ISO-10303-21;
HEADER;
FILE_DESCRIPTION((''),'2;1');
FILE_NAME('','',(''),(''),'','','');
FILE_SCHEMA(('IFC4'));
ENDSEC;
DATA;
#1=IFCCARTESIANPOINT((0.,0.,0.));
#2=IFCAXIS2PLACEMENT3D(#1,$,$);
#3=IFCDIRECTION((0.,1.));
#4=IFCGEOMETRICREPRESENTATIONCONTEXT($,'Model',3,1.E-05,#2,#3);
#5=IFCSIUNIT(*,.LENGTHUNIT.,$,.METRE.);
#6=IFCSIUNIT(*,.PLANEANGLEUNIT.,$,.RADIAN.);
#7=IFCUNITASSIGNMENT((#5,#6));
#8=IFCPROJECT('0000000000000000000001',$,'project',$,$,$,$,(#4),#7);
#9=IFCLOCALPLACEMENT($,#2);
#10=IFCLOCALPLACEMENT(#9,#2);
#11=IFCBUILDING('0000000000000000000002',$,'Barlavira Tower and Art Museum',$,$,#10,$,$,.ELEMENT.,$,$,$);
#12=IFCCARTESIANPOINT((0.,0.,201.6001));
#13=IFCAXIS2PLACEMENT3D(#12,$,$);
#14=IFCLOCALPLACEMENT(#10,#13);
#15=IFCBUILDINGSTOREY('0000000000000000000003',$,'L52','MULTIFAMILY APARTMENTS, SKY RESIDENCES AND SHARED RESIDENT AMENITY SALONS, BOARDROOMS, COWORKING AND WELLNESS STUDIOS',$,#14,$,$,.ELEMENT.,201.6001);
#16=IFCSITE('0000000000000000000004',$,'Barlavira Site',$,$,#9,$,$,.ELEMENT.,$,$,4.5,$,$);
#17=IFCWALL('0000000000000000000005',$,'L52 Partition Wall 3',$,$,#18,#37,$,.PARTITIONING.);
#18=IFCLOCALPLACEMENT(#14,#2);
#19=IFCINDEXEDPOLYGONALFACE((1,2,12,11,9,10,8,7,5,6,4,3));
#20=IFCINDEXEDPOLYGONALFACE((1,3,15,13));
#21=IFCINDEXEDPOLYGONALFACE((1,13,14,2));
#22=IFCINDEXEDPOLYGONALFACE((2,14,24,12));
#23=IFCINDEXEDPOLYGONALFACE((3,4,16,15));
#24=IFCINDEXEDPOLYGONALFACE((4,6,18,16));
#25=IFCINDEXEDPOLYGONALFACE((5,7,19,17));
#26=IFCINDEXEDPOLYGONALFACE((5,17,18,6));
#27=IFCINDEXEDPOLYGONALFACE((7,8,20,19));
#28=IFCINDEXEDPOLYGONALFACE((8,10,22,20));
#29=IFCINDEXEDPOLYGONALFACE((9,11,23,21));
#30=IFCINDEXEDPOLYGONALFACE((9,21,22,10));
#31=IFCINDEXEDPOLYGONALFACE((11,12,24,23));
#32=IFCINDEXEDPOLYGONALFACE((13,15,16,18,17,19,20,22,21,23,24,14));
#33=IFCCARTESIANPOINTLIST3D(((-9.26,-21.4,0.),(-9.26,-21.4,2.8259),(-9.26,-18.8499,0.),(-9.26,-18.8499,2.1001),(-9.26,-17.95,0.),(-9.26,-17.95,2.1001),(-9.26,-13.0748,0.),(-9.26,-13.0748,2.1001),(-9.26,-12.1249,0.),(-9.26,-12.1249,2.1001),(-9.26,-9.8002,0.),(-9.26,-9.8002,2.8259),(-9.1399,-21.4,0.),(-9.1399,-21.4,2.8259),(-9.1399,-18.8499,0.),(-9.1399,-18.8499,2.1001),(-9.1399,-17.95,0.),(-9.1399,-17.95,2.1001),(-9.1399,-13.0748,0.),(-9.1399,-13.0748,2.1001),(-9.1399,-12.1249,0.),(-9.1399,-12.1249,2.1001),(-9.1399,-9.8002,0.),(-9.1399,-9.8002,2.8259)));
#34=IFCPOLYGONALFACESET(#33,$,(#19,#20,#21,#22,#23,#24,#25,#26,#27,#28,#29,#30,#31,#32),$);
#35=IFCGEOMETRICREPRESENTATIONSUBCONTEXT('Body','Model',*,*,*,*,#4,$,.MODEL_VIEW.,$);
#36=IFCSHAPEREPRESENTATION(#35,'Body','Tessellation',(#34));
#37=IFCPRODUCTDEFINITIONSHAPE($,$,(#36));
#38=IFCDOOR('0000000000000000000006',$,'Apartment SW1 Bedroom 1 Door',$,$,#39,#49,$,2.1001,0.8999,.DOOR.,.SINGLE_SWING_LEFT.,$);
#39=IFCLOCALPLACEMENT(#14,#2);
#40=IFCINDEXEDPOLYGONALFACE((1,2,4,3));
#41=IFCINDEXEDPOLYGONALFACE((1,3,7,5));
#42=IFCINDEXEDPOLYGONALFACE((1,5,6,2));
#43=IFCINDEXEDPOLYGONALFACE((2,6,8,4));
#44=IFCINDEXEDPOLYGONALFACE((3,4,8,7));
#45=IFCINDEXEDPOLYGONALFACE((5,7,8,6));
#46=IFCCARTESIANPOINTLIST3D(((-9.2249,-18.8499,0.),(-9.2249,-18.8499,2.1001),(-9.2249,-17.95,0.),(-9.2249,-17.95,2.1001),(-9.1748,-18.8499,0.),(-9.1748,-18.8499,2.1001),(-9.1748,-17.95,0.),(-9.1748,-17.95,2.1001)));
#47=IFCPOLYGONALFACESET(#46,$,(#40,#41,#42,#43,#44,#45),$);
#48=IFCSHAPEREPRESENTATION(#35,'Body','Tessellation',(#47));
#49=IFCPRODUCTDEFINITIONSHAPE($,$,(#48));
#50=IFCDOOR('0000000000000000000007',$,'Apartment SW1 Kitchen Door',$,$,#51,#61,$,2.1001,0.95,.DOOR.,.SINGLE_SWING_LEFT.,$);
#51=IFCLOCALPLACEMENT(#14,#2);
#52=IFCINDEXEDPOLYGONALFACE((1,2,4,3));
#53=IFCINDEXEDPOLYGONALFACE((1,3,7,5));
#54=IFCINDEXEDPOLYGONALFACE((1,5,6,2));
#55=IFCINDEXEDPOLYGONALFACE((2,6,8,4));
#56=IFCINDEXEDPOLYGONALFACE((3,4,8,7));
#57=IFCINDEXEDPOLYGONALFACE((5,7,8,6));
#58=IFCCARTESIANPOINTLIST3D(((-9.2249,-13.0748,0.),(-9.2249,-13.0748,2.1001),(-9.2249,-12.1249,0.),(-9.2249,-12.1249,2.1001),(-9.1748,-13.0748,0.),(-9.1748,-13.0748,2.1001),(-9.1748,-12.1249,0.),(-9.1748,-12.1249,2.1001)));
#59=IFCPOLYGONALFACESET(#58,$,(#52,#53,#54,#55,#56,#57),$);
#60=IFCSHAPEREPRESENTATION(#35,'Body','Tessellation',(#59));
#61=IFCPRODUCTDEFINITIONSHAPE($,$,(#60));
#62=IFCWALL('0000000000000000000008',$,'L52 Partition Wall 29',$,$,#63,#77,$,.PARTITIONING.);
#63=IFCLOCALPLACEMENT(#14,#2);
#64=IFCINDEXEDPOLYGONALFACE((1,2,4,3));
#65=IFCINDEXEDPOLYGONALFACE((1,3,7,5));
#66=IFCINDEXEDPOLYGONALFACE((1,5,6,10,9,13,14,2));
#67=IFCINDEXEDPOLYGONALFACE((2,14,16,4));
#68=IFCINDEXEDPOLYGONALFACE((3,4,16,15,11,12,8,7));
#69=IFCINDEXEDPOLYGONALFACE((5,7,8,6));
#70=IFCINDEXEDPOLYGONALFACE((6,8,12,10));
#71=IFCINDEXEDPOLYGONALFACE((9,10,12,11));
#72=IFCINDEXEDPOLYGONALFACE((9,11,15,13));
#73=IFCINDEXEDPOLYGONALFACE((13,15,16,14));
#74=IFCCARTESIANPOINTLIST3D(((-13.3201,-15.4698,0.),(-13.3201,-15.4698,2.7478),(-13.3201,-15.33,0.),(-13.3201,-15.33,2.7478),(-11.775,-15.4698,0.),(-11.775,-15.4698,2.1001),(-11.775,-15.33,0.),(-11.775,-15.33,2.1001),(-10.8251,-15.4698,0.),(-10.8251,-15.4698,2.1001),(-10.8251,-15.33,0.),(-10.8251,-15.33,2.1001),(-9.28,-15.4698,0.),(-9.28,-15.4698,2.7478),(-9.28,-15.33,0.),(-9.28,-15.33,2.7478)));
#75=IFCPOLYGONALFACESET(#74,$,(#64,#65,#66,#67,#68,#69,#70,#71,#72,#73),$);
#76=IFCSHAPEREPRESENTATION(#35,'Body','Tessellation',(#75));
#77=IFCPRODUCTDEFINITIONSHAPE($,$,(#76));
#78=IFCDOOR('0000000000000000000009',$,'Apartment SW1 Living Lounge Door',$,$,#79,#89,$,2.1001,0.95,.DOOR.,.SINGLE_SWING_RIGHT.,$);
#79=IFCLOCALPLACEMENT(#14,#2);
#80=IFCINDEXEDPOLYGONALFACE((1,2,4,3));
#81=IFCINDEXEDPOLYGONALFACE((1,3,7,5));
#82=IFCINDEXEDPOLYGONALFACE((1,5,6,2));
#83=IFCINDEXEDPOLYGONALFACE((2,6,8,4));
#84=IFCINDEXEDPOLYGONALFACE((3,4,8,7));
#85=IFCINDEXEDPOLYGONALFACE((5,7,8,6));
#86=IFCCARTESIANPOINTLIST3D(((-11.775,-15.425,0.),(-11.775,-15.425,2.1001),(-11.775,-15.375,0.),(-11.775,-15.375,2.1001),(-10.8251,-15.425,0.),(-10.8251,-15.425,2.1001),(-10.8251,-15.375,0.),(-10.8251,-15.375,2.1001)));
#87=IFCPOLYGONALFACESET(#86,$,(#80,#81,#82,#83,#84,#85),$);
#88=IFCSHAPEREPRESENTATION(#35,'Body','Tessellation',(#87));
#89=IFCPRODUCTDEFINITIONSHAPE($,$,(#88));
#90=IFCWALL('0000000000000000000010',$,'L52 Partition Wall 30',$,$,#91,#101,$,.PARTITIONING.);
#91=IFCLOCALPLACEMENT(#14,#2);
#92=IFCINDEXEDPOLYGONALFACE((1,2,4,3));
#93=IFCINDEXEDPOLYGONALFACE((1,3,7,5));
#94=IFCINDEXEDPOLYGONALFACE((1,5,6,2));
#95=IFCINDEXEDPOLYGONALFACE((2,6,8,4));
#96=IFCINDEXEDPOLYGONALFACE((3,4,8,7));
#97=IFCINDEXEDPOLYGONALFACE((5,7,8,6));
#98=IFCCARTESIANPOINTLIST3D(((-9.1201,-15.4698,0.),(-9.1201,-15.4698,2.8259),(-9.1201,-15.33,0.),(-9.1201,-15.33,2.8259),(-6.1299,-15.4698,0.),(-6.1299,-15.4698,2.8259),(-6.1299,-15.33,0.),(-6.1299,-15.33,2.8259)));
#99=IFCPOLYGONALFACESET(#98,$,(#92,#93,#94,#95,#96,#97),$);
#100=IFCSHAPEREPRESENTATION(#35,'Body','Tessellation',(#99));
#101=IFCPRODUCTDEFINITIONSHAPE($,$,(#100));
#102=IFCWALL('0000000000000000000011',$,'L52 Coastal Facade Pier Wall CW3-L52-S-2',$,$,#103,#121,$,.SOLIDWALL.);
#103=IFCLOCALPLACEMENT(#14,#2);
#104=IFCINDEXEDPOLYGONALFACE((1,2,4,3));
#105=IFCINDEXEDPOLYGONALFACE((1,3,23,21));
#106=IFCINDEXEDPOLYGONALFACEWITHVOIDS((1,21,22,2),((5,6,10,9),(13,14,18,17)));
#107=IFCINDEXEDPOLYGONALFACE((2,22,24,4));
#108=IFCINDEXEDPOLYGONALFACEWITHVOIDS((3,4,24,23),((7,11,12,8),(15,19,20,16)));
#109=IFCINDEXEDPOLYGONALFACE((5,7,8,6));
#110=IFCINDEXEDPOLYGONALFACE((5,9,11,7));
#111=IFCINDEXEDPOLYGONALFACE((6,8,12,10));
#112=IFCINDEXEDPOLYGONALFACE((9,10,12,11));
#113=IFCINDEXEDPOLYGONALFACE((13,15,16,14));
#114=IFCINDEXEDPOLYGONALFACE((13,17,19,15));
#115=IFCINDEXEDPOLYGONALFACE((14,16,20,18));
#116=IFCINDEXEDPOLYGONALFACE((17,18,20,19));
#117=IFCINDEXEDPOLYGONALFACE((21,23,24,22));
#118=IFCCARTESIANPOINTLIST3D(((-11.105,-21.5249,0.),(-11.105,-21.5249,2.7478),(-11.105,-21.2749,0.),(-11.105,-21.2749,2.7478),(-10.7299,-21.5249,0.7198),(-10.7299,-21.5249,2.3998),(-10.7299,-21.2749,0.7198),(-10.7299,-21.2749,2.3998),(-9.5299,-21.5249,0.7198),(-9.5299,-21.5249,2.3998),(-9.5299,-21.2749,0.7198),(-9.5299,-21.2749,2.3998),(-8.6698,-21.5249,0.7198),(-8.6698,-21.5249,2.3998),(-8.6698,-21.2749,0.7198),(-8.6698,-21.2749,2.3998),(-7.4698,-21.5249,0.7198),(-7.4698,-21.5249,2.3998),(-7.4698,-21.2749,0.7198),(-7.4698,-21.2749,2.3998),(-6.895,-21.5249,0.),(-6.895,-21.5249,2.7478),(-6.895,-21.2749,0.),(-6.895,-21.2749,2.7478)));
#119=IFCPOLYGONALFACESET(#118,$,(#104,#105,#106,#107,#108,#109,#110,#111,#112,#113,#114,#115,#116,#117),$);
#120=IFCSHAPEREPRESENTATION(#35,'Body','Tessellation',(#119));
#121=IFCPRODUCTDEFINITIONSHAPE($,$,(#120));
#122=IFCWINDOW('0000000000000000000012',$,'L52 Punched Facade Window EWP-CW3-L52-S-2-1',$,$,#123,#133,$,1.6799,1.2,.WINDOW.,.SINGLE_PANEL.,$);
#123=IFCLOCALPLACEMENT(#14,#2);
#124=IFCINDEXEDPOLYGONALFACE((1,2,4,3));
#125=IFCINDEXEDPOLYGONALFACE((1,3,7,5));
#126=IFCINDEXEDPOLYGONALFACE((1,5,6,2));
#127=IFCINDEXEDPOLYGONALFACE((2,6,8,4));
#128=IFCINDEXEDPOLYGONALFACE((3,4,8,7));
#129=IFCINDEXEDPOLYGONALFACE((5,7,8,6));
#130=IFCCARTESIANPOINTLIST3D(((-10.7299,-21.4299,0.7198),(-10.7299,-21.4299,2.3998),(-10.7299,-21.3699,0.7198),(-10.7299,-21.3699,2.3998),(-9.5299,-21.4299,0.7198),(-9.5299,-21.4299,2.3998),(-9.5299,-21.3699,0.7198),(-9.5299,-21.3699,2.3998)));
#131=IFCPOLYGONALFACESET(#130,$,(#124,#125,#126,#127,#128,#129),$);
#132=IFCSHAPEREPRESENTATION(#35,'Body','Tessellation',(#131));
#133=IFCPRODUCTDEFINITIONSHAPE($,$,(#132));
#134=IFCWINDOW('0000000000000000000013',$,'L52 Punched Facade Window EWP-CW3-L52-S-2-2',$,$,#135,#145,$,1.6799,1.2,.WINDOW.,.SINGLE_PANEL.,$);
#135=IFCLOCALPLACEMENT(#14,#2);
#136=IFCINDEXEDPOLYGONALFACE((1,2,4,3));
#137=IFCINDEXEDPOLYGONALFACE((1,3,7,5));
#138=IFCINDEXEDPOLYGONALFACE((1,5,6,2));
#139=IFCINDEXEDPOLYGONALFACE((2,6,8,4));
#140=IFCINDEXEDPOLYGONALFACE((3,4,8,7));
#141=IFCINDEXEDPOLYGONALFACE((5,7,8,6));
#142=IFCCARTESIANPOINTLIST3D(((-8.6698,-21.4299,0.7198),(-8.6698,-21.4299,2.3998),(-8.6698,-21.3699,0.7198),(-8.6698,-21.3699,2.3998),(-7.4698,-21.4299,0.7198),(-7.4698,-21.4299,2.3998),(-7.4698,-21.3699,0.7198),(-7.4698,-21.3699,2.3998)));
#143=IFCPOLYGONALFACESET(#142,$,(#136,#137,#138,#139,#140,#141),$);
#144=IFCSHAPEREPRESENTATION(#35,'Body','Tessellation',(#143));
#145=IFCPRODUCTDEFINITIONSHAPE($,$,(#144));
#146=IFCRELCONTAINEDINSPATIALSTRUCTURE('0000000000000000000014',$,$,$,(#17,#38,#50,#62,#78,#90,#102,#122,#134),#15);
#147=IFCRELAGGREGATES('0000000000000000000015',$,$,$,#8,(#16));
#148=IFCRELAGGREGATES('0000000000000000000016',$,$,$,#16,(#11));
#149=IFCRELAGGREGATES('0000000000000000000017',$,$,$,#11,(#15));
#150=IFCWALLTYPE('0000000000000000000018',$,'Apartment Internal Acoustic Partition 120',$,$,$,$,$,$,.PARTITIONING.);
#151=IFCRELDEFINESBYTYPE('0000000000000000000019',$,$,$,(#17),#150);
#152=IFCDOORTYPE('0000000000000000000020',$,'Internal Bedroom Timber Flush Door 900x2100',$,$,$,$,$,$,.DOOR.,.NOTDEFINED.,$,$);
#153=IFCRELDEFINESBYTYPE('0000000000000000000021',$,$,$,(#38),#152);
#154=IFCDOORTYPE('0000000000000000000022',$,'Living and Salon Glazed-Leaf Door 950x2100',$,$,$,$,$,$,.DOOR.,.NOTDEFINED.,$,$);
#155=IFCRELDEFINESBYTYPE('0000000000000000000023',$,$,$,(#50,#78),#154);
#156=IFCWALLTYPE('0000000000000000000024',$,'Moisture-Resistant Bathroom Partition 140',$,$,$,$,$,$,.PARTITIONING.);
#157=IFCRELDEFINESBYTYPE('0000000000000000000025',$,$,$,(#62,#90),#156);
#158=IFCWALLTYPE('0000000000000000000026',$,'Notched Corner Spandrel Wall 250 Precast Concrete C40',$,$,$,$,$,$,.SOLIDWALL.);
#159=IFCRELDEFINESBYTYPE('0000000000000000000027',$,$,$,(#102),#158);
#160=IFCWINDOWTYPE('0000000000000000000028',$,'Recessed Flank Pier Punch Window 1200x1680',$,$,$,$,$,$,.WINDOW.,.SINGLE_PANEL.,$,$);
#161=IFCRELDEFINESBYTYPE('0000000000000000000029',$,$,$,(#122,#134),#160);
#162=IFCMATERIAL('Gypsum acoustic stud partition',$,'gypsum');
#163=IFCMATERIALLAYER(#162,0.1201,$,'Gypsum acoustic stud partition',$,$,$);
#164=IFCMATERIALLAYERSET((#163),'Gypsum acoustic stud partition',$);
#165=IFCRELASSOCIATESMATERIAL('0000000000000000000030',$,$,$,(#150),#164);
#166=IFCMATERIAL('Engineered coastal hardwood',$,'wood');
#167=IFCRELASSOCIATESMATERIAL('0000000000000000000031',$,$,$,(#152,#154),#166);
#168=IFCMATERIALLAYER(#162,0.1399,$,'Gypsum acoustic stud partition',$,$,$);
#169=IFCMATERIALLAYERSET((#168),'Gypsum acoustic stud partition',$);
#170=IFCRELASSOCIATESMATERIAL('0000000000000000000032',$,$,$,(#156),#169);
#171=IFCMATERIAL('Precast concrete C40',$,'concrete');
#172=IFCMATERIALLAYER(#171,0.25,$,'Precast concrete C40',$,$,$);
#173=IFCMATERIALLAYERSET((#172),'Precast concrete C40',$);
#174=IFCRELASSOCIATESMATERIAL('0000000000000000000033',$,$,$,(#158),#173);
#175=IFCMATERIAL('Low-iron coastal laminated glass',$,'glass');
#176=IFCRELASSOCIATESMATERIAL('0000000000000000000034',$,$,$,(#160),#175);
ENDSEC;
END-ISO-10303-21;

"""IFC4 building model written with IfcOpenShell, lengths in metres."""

from ifc_helpers import new_model, si_unit, direction, frame, frame_2d, origin, place, context, subcontext, project, spatial, rectangle, extrude, material, layer, layer_set, type_object, element, fill, save


model = new_model("IFC4")

# Units and contexts
model_context = context("Model", 3, precision=1e-05, world=origin(), true_north=direction((0.0, 1.0)))
body_context = subcontext(model_context, "Body", "Model", "MODEL_VIEW")
ifc_project = project(units=[si_unit("LENGTHUNIT", "METRE"), si_unit("PLANEANGLEUNIT", "RADIAN")], contexts=[model_context])

# Site, building, storey
site_placement = place(None, origin())
site = spatial("IfcSite", under=ifc_project, at=site_placement, Name="Barlavira Site", CompositionType="ELEMENT", RefElevation=4.5)
building_placement = place(site_placement, origin())
building = spatial("IfcBuilding", under=site, at=building_placement, Name="Barlavira Tower and Art Museum", CompositionType="ELEMENT")
storey_placement = place(building_placement, frame((0.0, 0.0, 201.6001)))
storey = spatial("IfcBuildingStorey", under=building, at=storey_placement, Name="L52", Description="MULTIFAMILY APARTMENTS, SKY RESIDENCES AND SHARED RESIDENT AMENITY SALONS, BOARDROOMS, COWORKING AND WELLNESS STUDIOS", CompositionType="ELEMENT", Elevation=201.6001)

# Wall, openings, doors
ifc_material_1 = material(Name="Gypsum acoustic stud partition", Category="gypsum")
ifc_layer_1 = layer(ifc_material_1, 0.1201, Name="Gypsum acoustic stud partition")
ifc_layer_set_1 = layer_set([ifc_layer_1], Name="Gypsum acoustic stud partition")
wall_type_1 = type_object("IfcWallType", Name="Apartment Internal Acoustic Partition 120", PredefinedType="PARTITIONING", material=ifc_layer_set_1)
wall_1_placement = place(storey_placement, frame((-9.2, -21.3999, 0.0), z_axis=(0.0, 0.0, 1.0), x_axis=(0.0, 1.0, 0.0)))
wall_1 = element("IfcWall", 1, at=wall_1_placement, inside=storey, type_object=wall_type_1, Name="L52 Partition Wall 3", PredefinedType="PARTITIONING", context=body_context, shape_type="SweptSolid", body=[
    extrude(rectangle(XDim=11.5999, YDim=0.1201, at=frame_2d((5.7998, 0.0))), origin(), (0.0, 0.0, 1.0), 2.8259),
])
opening_1_placement = place(wall_1_placement, frame((8.325, 0.0, 0.0)))
opening_1 = element("IfcOpeningElement", 2, at=opening_1_placement, cuts=wall_1, PredefinedType="OPENING", context=body_context, shape_type="SweptSolid", body=[
    extrude(rectangle(XDim=0.95, YDim=2.1001, at=frame_2d((0.4751, 1.05))), frame((0.0, 0.0701, 0.0), z_axis=(0.0, -1.0, 0.0), x_axis=(1.0, 0.0, 0.0)), (0.0, 0.0, 1.0), 0.1401),
])
opening_2_placement = place(wall_1_placement, frame((2.55, 0.0, 0.0)))
opening_2 = element("IfcOpeningElement", 3, at=opening_2_placement, cuts=wall_1, PredefinedType="OPENING", context=body_context, shape_type="SweptSolid", body=[
    extrude(rectangle(XDim=0.8999, YDim=2.1001, at=frame_2d((0.45, 1.05))), frame((0.0, 0.0701, 0.0), z_axis=(0.0, -1.0, 0.0), x_axis=(1.0, 0.0, 0.0)), (0.0, 0.0, 1.0), 0.1401),
])
ifc_material_2 = material(Name="Engineered coastal hardwood", Category="wood")
door_type_1 = type_object("IfcDoorType", Name="Internal Bedroom Timber Flush Door 900x2100", OperationType="NOTDEFINED", PredefinedType="DOOR", material=ifc_material_2)
door_1_placement = place(opening_2_placement, origin())
door_1 = element("IfcDoor", 4, at=door_1_placement, inside=storey, type_object=door_type_1, Name="Apartment SW1 Bedroom 1 Door", OperationType="SINGLE_SWING_LEFT", OverallHeight=2.1001, OverallWidth=0.8999, PredefinedType="DOOR", context=body_context, shape_type="SweptSolid", body=[
    extrude(rectangle(XDim=0.8999, YDim=2.1001, at=frame_2d((0.45, 1.05))), frame((0.0, 0.0249, 0.0), z_axis=(0.0, -1.0, 0.0), x_axis=(1.0, 0.0, 0.0)), (0.0, 0.0, 1.0), 0.05),
])
fill(opening_2, door_1)
door_type_2 = type_object("IfcDoorType", Name="Living and Salon Glazed-Leaf Door 950x2100", OperationType="NOTDEFINED", PredefinedType="DOOR", material=ifc_material_2)
door_2_placement = place(opening_1_placement, origin())
door_2 = element("IfcDoor", 5, at=door_2_placement, inside=storey, type_object=door_type_2, Name="Apartment SW1 Kitchen Door", OperationType="SINGLE_SWING_LEFT", OverallHeight=2.1001, OverallWidth=0.95, PredefinedType="DOOR", context=body_context, shape_type="SweptSolid", body=[
    extrude(rectangle(XDim=0.95, YDim=2.1001, at=frame_2d((0.4751, 1.05))), frame((0.0, 0.0249, 0.0), z_axis=(0.0, -1.0, 0.0), x_axis=(1.0, 0.0, 0.0)), (0.0, 0.0, 1.0), 0.05),
])
fill(opening_1, door_2)

# Wall, opening, door
ifc_layer_2 = layer(ifc_material_1, 0.1399, Name="Gypsum acoustic stud partition")
ifc_layer_set_2 = layer_set([ifc_layer_2], Name="Gypsum acoustic stud partition")
wall_type_2 = type_object("IfcWallType", Name="Moisture-Resistant Bathroom Partition 140", PredefinedType="PARTITIONING", material=ifc_layer_set_2)
wall_2_placement = place(storey_placement, frame((-13.3201, -15.3999, 0.0), z_axis=(0.0, 0.0, 1.0), x_axis=(1.0, 0.0, 0.0)))
wall_2 = element("IfcWall", 6, at=wall_2_placement, inside=storey, type_object=wall_type_2, Name="L52 Partition Wall 29", PredefinedType="PARTITIONING", context=body_context, shape_type="SweptSolid", body=[
    extrude(rectangle(XDim=4.04, YDim=0.1399, at=frame_2d((2.02, 0.0))), origin(), (0.0, 0.0, 1.0), 2.7478),
])
opening_3_placement = place(wall_2_placement, frame((1.5449, 0.0, 0.0)))
opening_3 = element("IfcOpeningElement", 7, at=opening_3_placement, cuts=wall_2, PredefinedType="OPENING", context=body_context, shape_type="SweptSolid", body=[
    extrude(rectangle(XDim=0.95, YDim=2.1001, at=frame_2d((0.4751, 1.05))), frame((0.0, 0.0801, 0.0), z_axis=(0.0, -1.0, 0.0), x_axis=(1.0, 0.0, 0.0)), (0.0, 0.0, 1.0), 0.1599),
])
door_3_placement = place(opening_3_placement, origin())
door_3 = element("IfcDoor", 8, at=door_3_placement, inside=storey, type_object=door_type_2, Name="Apartment SW1 Living Lounge Door", OperationType="SINGLE_SWING_RIGHT", OverallHeight=2.1001, OverallWidth=0.95, PredefinedType="DOOR", context=body_context, shape_type="SweptSolid", body=[
    extrude(rectangle(XDim=0.95, YDim=2.1001, at=frame_2d((0.4751, 1.05))), frame((0.0, 0.0249, 0.0), z_axis=(0.0, -1.0, 0.0), x_axis=(1.0, 0.0, 0.0)), (0.0, 0.0, 1.0), 0.05),
])
fill(opening_3, door_3)

# Wall
wall_3_placement = place(storey_placement, frame((-9.1201, -15.3999, 0.0), z_axis=(0.0, 0.0, 1.0), x_axis=(1.0, 0.0, 0.0)))
element("IfcWall", 9, at=wall_3_placement, inside=storey, type_object=wall_type_2, Name="L52 Partition Wall 30", PredefinedType="PARTITIONING", context=body_context, shape_type="SweptSolid", body=[
    extrude(rectangle(XDim=2.9902, YDim=0.1399, at=frame_2d((1.4951, 0.0))), origin(), (0.0, 0.0, 1.0), 2.8259),
])

# Wall, openings, windows
ifc_material_3 = material(Name="Precast concrete C40", Category="concrete")
ifc_layer_3 = layer(ifc_material_3, 0.25, Name="Precast concrete C40")
ifc_layer_set_3 = layer_set([ifc_layer_3], Name="Precast concrete C40")
wall_type_3 = type_object("IfcWallType", Name="Notched Corner Spandrel Wall 250 Precast Concrete C40", PredefinedType="SOLIDWALL", material=ifc_layer_set_3)
wall_4_placement = place(storey_placement, frame((-11.105, -21.3999, 0.0), z_axis=(0.0, 0.0, 1.0), x_axis=(1.0, 0.0, 0.0)))
wall_4 = element("IfcWall", 10, at=wall_4_placement, inside=storey, type_object=wall_type_3, Name="L52 Coastal Facade Pier Wall CW3-L52-S-2", PredefinedType="SOLIDWALL", context=body_context, shape_type="SweptSolid", body=[
    extrude(rectangle(XDim=4.21, YDim=0.25, at=frame_2d((2.105, 0.0))), origin(), (0.0, 0.0, 1.0), 2.7478),
])
opening_4_placement = place(wall_4_placement, frame((0.375, 0.0, 0.72)))
opening_4 = element("IfcOpeningElement", 11, at=opening_4_placement, cuts=wall_4, PredefinedType="OPENING", context=body_context, shape_type="SweptSolid", body=[
    extrude(rectangle(XDim=1.2, YDim=1.6799, at=frame_2d((0.6001, 0.8398))), frame((0.0, 0.135, 0.0), z_axis=(0.0, -1.0, 0.0), x_axis=(1.0, 0.0, 0.0)), (0.0, 0.0, 1.0), 0.27),
])
opening_5_placement = place(wall_4_placement, frame((2.4351, 0.0, 0.72)))
opening_5 = element("IfcOpeningElement", 12, at=opening_5_placement, cuts=wall_4, PredefinedType="OPENING", context=body_context, shape_type="SweptSolid", body=[
    extrude(rectangle(XDim=1.2, YDim=1.6799, at=frame_2d((0.6001, 0.8398))), frame((0.0, 0.135, 0.0), z_axis=(0.0, -1.0, 0.0), x_axis=(1.0, 0.0, 0.0)), (0.0, 0.0, 1.0), 0.27),
])
ifc_material_4 = material(Name="Low-iron coastal laminated glass", Category="glass")
window_type = type_object("IfcWindowType", Name="Recessed Flank Pier Punch Window 1200x1680", PartitioningType="SINGLE_PANEL", PredefinedType="WINDOW", material=ifc_material_4)
window_1_placement = place(opening_4_placement, origin())
window_1 = element("IfcWindow", 13, at=window_1_placement, inside=storey, type_object=window_type, Name="L52 Punched Facade Window EWP-CW3-L52-S-2-1", OverallHeight=1.6799, OverallWidth=1.2, PartitioningType="SINGLE_PANEL", PredefinedType="WINDOW", context=body_context, shape_type="SweptSolid", body=[
    extrude(rectangle(XDim=1.2, YDim=1.6799, at=frame_2d((0.6001, 0.8398))), frame((0.0, 0.03, 0.0), z_axis=(0.0, -1.0, 0.0), x_axis=(1.0, 0.0, 0.0)), (0.0, 0.0, 1.0), 0.0601),
])
fill(opening_4, window_1)
window_2_placement = place(opening_5_placement, origin())
window_2 = element("IfcWindow", 14, at=window_2_placement, inside=storey, type_object=window_type, Name="L52 Punched Facade Window EWP-CW3-L52-S-2-2", OverallHeight=1.6799, OverallWidth=1.2, PartitioningType="SINGLE_PANEL", PredefinedType="WINDOW", context=body_context, shape_type="SweptSolid", body=[
    extrude(rectangle(XDim=1.2, YDim=1.6799, at=frame_2d((0.6001, 0.8398))), frame((0.0, 0.03, 0.0), z_axis=(0.0, -1.0, 0.0), x_axis=(1.0, 0.0, 0.0)), (0.0, 0.0, 1.0), 0.0601),
])
fill(opening_5, window_2)

save(model, "model.ifc")
